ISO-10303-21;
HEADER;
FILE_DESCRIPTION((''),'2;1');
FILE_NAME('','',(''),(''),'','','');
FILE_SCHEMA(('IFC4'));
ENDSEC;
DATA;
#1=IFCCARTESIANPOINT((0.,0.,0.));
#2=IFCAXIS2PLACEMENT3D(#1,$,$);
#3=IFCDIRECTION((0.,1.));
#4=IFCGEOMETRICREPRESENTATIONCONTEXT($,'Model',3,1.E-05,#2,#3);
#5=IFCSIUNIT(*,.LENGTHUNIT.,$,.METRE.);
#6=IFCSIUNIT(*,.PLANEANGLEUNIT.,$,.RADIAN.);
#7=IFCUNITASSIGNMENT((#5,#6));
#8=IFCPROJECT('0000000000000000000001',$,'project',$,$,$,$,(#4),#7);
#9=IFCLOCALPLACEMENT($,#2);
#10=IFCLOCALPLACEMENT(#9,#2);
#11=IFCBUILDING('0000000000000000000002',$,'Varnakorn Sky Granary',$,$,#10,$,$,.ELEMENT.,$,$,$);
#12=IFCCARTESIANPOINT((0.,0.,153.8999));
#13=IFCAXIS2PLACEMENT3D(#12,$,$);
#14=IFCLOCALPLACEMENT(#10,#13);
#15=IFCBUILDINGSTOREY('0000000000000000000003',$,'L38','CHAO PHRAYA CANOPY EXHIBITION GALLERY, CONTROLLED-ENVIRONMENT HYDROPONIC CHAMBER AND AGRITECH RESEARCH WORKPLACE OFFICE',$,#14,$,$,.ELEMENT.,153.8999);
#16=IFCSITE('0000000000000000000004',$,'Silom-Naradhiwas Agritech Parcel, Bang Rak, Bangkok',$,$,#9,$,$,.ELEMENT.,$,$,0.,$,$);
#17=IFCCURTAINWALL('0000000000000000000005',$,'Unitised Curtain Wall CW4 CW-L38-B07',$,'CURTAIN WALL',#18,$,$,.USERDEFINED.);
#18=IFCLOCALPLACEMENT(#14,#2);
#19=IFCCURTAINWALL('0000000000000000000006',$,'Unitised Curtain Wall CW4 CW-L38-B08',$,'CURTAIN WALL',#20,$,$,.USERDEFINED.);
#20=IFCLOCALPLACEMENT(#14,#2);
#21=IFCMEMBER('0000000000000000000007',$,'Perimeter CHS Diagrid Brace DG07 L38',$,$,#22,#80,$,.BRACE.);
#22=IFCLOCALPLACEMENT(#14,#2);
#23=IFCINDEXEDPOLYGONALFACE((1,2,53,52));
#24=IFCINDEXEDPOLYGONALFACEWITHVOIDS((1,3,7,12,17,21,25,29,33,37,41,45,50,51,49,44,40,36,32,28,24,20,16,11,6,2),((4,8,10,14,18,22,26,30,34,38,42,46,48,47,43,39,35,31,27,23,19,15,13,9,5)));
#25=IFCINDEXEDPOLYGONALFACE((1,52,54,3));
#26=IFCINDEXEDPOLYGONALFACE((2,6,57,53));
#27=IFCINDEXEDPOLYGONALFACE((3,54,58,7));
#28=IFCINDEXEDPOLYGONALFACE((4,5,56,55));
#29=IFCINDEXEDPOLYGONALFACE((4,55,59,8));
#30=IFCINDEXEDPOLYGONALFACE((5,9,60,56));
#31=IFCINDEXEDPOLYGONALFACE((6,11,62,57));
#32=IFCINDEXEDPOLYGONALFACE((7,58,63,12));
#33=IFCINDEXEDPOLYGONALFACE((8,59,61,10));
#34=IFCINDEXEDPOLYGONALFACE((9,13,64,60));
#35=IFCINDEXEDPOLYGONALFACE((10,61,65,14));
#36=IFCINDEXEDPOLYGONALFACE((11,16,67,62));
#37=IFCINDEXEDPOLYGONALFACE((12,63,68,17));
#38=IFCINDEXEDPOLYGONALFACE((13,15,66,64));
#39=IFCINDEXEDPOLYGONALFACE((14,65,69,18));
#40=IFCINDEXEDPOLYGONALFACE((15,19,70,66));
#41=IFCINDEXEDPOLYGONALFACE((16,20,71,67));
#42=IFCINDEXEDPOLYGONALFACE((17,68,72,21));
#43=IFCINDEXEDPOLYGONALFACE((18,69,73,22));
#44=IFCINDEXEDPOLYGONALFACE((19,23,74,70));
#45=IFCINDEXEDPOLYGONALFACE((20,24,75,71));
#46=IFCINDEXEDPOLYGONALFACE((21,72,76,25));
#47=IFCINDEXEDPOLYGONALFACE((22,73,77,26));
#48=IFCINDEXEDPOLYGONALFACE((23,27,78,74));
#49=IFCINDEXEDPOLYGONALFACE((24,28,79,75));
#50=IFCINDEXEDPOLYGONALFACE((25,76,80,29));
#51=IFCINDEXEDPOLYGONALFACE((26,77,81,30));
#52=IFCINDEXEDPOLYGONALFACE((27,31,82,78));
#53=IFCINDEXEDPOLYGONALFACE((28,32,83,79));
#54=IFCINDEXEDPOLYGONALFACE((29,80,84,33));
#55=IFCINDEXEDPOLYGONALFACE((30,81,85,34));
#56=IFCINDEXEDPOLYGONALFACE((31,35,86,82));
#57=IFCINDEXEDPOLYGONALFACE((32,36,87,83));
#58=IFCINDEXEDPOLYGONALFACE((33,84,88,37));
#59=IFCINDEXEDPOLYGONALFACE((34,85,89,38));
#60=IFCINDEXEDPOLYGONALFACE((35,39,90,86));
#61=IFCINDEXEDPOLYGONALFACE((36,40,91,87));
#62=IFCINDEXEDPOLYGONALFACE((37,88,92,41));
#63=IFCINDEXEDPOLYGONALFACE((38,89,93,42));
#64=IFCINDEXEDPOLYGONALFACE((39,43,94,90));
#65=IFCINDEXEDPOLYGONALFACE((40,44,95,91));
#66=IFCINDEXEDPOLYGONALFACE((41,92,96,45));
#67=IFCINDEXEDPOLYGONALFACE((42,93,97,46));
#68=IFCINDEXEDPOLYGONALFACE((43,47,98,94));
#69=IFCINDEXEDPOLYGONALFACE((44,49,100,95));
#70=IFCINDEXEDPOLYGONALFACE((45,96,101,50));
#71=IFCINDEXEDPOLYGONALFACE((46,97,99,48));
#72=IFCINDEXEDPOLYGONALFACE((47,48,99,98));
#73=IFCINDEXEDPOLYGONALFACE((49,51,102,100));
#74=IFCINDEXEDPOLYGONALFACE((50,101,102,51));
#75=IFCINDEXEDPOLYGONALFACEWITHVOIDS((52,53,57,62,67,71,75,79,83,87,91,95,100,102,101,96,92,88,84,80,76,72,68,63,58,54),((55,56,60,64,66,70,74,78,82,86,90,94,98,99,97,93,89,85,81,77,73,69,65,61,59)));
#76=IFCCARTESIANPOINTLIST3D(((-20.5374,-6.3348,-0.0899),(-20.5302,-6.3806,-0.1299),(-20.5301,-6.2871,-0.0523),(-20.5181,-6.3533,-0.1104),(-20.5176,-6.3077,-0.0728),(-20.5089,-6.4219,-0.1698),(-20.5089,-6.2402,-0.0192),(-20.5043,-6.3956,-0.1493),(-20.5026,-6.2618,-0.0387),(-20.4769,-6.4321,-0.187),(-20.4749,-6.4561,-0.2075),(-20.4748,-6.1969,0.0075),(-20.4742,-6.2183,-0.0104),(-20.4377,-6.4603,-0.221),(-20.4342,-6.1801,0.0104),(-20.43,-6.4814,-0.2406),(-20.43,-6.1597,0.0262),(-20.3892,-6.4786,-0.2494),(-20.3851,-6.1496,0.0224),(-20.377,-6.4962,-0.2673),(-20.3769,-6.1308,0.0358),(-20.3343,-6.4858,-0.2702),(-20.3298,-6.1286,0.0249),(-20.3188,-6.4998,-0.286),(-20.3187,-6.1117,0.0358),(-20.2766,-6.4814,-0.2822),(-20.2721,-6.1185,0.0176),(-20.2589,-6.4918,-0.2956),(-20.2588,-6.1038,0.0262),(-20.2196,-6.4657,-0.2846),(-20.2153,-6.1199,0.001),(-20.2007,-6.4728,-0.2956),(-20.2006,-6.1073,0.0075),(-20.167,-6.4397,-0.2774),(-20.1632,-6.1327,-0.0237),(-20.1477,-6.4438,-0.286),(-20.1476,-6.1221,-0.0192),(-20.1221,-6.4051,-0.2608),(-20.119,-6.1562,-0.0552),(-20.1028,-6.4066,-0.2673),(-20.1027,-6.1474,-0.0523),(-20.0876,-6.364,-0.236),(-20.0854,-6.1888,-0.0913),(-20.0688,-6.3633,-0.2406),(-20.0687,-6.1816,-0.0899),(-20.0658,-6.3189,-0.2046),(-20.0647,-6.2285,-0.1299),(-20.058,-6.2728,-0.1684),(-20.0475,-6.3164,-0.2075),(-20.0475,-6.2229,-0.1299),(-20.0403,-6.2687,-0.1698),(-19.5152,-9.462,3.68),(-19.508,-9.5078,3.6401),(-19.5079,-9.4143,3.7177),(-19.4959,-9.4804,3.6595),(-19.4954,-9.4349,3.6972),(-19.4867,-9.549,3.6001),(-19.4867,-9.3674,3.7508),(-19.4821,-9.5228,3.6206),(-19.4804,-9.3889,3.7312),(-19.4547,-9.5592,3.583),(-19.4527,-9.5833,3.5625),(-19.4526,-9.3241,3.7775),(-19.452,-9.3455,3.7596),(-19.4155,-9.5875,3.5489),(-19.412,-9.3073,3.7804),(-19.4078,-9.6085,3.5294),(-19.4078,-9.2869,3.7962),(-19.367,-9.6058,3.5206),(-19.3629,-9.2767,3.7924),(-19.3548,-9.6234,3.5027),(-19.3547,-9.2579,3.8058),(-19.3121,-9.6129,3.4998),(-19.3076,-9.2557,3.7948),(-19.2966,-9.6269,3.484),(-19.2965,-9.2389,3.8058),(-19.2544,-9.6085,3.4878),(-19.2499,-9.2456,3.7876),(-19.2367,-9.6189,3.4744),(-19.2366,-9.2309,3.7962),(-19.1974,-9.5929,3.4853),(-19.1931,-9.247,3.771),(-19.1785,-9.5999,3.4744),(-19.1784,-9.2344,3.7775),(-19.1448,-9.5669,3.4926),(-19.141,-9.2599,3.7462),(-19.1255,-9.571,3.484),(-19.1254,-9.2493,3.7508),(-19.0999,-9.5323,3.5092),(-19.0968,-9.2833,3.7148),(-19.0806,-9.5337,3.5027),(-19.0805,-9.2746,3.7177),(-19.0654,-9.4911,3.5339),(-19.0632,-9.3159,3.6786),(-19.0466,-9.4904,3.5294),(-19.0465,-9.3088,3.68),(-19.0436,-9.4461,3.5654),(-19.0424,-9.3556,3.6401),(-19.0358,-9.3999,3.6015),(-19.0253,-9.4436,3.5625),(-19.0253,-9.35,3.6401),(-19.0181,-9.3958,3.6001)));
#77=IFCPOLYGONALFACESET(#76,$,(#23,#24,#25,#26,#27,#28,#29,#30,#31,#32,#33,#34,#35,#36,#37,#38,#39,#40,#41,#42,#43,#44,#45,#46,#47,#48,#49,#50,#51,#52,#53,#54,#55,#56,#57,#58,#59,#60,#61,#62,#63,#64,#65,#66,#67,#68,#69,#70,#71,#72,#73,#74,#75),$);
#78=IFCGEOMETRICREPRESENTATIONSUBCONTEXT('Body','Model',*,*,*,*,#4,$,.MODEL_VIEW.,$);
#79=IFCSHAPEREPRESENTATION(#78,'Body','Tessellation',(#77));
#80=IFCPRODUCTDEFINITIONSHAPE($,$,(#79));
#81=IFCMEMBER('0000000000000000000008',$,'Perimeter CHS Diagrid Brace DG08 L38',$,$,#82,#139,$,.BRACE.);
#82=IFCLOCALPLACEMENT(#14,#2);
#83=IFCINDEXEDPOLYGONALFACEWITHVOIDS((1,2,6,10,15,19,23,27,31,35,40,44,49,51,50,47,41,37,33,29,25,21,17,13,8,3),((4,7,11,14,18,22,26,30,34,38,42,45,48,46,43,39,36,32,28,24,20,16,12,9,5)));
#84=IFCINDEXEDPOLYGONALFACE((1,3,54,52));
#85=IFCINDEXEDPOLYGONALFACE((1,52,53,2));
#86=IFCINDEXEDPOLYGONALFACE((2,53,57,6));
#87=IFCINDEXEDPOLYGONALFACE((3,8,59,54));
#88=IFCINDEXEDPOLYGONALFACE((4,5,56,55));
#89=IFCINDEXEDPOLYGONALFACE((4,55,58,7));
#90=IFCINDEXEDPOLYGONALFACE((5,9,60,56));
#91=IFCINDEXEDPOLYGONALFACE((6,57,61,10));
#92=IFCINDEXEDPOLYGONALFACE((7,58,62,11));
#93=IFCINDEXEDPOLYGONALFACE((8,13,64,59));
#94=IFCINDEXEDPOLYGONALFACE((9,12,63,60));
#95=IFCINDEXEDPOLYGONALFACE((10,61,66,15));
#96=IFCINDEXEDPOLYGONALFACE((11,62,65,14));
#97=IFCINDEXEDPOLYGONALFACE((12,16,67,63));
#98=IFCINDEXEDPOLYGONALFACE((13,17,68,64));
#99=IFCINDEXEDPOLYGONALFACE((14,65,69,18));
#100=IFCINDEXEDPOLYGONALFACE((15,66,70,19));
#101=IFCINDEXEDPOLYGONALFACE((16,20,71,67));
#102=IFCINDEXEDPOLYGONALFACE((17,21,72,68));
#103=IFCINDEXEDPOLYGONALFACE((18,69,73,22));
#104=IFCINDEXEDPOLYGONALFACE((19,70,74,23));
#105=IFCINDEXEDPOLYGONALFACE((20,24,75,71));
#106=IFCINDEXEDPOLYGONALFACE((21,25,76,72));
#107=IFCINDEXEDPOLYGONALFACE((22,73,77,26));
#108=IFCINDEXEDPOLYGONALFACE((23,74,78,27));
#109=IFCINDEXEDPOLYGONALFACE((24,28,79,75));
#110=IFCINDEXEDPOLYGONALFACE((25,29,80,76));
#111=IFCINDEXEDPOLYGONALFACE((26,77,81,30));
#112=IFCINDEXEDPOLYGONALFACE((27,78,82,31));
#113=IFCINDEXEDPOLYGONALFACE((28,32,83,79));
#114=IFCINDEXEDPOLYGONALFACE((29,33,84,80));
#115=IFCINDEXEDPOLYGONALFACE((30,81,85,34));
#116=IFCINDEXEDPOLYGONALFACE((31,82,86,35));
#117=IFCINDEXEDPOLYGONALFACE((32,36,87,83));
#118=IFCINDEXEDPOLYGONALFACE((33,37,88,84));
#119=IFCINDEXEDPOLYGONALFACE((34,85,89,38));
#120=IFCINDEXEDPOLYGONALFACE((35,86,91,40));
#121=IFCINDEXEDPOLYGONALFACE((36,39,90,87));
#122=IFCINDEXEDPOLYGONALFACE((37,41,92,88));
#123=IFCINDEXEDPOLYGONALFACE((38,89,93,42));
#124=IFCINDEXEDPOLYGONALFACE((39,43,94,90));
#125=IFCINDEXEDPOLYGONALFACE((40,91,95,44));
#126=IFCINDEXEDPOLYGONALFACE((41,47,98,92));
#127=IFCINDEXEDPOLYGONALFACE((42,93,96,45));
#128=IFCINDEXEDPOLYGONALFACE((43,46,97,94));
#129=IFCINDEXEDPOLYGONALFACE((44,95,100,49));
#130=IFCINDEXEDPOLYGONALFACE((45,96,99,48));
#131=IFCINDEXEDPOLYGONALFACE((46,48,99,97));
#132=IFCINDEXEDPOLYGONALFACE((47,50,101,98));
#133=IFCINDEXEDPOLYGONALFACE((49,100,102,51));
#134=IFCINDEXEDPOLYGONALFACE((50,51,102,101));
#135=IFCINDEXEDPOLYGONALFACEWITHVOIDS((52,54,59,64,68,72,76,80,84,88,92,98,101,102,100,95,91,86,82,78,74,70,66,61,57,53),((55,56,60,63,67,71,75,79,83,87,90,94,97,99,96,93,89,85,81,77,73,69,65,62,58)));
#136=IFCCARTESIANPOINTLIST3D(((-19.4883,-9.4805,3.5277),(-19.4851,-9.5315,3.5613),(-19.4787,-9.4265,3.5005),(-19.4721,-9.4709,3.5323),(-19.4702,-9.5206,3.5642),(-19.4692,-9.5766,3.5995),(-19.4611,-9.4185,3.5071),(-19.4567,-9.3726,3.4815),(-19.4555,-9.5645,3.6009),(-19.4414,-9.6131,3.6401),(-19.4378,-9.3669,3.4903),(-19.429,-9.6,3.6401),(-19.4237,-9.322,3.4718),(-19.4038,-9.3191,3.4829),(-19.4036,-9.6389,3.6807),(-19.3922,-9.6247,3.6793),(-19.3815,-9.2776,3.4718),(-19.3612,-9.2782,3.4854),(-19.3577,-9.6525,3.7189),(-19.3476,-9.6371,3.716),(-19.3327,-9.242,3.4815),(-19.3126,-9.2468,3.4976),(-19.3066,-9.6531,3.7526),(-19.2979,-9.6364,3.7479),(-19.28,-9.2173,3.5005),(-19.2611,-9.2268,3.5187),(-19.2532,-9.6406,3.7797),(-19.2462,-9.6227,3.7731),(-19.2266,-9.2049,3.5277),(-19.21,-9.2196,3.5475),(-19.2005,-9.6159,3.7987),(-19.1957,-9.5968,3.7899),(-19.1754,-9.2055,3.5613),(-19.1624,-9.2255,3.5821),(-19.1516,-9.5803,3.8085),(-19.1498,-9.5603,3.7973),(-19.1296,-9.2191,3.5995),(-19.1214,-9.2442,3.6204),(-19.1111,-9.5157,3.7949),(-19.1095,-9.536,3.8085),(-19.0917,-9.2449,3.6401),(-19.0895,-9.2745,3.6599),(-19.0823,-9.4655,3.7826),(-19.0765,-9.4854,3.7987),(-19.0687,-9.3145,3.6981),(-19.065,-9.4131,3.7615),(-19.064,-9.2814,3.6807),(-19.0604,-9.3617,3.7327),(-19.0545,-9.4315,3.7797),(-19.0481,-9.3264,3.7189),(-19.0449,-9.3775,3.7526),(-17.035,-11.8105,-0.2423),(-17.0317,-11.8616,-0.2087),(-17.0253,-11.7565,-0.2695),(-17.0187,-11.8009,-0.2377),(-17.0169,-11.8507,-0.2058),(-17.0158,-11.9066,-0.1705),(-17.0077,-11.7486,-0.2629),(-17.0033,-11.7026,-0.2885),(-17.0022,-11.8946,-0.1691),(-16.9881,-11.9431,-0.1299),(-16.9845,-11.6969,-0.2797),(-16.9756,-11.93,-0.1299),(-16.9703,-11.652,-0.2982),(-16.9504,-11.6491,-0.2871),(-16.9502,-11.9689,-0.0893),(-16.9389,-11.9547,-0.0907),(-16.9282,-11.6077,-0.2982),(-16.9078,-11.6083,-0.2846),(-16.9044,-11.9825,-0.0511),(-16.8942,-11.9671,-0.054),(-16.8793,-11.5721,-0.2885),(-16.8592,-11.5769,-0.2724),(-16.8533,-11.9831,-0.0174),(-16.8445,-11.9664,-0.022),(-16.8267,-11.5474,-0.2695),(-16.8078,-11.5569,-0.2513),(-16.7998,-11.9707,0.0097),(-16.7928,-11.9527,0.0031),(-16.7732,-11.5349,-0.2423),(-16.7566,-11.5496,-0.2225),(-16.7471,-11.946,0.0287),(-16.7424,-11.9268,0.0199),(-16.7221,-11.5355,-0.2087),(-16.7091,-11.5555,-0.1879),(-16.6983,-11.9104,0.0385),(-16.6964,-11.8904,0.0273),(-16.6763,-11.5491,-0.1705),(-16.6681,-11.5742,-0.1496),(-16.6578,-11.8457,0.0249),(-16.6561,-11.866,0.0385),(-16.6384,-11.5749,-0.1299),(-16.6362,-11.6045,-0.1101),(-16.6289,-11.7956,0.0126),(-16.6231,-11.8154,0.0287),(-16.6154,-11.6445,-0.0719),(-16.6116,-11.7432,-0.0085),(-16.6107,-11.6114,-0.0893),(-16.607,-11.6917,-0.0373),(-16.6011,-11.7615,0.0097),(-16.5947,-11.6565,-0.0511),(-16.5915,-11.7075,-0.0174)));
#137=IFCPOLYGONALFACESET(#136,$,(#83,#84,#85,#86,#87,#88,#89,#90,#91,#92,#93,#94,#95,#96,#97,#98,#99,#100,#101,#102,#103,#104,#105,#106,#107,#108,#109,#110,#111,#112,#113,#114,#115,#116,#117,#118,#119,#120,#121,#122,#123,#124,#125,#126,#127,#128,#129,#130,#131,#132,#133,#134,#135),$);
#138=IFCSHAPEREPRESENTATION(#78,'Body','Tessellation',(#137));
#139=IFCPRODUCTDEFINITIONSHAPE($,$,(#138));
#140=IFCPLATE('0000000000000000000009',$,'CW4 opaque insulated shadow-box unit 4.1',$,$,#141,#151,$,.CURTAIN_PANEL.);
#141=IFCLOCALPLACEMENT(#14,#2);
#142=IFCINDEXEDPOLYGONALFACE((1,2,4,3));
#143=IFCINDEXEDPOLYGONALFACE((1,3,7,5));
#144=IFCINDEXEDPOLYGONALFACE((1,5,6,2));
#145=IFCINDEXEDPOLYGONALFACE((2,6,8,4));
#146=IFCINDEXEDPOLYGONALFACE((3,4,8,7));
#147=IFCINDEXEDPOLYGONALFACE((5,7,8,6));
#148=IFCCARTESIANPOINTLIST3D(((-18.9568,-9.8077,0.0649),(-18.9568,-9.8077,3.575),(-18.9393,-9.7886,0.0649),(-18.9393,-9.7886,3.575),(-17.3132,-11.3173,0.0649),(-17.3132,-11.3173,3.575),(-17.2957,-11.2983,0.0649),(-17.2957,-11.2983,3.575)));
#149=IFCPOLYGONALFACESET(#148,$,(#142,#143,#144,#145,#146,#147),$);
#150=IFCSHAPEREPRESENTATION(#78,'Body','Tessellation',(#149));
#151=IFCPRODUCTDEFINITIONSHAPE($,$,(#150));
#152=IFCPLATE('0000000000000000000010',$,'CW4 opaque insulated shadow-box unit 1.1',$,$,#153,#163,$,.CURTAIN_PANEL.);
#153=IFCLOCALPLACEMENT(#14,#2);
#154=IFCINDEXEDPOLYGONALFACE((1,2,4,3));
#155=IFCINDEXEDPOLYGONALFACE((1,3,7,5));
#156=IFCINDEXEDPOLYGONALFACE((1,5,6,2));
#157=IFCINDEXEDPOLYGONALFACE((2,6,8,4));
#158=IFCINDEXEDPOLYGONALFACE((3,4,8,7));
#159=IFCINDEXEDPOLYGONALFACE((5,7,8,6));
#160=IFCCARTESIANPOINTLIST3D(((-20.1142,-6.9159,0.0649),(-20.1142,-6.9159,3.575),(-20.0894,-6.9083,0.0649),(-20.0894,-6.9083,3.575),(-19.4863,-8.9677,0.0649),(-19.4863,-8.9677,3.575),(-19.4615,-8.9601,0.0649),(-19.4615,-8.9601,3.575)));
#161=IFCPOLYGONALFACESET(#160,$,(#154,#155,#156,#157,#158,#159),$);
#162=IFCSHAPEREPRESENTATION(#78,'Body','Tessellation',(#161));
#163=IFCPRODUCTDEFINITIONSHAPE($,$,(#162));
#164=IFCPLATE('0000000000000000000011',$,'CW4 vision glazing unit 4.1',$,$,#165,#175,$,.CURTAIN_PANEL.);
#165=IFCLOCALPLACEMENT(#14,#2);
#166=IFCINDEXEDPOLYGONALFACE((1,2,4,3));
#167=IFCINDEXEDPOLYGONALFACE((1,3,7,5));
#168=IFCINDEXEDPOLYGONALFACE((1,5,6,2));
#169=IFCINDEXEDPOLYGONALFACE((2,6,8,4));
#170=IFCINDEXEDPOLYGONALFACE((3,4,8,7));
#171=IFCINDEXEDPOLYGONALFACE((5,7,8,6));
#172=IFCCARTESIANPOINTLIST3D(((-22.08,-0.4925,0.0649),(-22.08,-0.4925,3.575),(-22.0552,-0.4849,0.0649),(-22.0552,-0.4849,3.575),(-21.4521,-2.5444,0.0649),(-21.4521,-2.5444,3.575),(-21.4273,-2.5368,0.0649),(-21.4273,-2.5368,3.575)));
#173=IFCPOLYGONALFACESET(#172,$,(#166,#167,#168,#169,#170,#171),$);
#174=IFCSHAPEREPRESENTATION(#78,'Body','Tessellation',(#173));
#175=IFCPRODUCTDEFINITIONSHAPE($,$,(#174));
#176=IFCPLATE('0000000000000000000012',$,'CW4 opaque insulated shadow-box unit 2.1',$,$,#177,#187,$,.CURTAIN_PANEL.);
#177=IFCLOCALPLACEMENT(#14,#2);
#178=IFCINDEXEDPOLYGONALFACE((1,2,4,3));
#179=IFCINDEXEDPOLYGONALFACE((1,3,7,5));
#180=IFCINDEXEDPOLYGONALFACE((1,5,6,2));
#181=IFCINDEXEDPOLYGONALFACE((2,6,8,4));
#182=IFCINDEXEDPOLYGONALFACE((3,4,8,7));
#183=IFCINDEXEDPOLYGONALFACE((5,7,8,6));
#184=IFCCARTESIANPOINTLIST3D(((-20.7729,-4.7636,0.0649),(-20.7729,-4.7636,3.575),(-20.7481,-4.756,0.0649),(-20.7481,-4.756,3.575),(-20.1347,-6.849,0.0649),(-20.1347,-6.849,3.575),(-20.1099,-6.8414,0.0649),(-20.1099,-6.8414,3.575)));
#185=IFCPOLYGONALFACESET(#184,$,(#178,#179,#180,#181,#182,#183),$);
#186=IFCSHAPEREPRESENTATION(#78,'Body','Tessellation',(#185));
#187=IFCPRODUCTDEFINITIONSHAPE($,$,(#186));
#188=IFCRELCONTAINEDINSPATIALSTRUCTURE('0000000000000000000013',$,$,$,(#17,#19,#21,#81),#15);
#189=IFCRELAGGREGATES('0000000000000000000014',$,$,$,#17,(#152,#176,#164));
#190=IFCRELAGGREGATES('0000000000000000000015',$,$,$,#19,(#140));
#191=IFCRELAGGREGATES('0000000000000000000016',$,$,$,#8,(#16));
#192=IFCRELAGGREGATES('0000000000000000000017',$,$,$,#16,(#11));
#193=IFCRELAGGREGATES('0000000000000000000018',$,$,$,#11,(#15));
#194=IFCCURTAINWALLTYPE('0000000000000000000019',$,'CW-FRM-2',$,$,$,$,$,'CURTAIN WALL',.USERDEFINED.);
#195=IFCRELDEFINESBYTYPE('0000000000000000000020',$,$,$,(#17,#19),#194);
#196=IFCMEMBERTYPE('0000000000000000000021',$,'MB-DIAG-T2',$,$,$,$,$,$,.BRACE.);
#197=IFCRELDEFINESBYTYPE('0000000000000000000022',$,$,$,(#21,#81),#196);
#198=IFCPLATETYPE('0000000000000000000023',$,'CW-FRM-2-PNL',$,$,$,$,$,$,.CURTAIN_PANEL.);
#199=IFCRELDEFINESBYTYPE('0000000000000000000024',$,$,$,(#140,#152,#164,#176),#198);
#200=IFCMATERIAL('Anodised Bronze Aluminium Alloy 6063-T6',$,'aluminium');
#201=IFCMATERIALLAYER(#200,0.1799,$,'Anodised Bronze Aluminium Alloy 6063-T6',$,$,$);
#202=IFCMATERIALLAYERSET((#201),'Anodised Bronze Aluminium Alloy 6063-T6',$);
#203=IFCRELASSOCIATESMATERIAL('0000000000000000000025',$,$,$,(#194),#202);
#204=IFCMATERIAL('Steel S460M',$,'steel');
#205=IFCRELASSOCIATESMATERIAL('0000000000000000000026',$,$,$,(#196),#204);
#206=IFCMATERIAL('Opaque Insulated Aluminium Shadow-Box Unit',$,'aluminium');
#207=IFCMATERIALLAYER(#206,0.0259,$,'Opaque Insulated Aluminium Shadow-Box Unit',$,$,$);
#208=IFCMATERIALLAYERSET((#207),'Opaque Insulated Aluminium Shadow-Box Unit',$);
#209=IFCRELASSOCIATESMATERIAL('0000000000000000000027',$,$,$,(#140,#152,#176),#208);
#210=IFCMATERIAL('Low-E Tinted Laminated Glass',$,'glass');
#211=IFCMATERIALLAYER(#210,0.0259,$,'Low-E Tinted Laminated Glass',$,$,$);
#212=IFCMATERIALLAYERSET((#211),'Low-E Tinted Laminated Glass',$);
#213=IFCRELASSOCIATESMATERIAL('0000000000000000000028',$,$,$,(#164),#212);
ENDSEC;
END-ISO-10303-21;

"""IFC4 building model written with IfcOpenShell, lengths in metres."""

from ifc_helpers import new_model, si_unit, direction, frame, origin, origin_2d, place, context, subcontext, project, spatial, rectangle, hollow_circle, extrude, source, transform, mapped, material, layer, layer_set, material_profile, profile_set, type_object, element, aggregate, save


model = new_model("IFC4")

# Units and contexts
model_context = context("Model", 3, precision=1e-05, world=origin(), true_north=direction((0.0, 1.0)))
body_context = subcontext(model_context, "Body", "Model", "MODEL_VIEW")
ifc_project = project(units=[si_unit("LENGTHUNIT", "METRE"), si_unit("PLANEANGLEUNIT", "RADIAN")], contexts=[model_context])

# Site, building, storey
site_placement = place(None, origin())
site = spatial("IfcSite", under=ifc_project, at=site_placement, Name="Silom-Naradhiwas Agritech Parcel, Bang Rak, Bangkok", CompositionType="ELEMENT", RefElevation=0.0)
building_placement = place(site_placement, origin())
building = spatial("IfcBuilding", under=site, at=building_placement, Name="Varnakorn Sky Granary", CompositionType="ELEMENT")
storey_placement = place(building_placement, frame((0.0, 0.0, 153.8999)))
storey = spatial("IfcBuildingStorey", under=building, at=storey_placement, Name="L38", Description="CHAO PHRAYA CANOPY EXHIBITION GALLERY, CONTROLLED-ENVIRONMENT HYDROPONIC CHAMBER AND AGRITECH RESEARCH WORKPLACE OFFICE", CompositionType="ELEMENT", Elevation=153.8999)

# Shared definitions
ifc_material_1 = material(Name="Steel S460M", Category="steel")

# Curtain walls
ifc_material_2 = material(Name="Anodised Bronze Aluminium Alloy 6063-T6", Category="aluminium")
ifc_layer_1 = layer(ifc_material_2, 0.1799, Name="Anodised Bronze Aluminium Alloy 6063-T6")
ifc_layer_set_1 = layer_set([ifc_layer_1], Name="Anodised Bronze Aluminium Alloy 6063-T6")
curtain_wall_type = type_object("IfcCurtainWallType", Name="CW-FRM-2", ElementType="CURTAIN WALL", PredefinedType="USERDEFINED", material=ifc_layer_set_1)
curtain_wall_1_placement = place(storey_placement, origin())
curtain_wall_1 = element("IfcCurtainWall", 1, at=curtain_wall_1_placement, inside=storey, type_object=curtain_wall_type, Name="Unitised Curtain Wall CW4 CW-L38-B07", ObjectType="CURTAIN WALL", PredefinedType="USERDEFINED")
curtain_wall_2_placement = place(storey_placement, origin())
curtain_wall_2 = element("IfcCurtainWall", 2, at=curtain_wall_2_placement, inside=storey, type_object=curtain_wall_type, Name="Unitised Curtain Wall CW4 CW-L38-B08", ObjectType="CURTAIN WALL", PredefinedType="USERDEFINED")

# Members
ifc_material_profile_1 = material_profile(ifc_material_1, hollow_circle(Radius=0.2539, WallThickness=0.0181, at=origin_2d()), Name="CHS 508x18")
ifc_profile_set_1 = profile_set([ifc_material_profile_1], Name="Steel S460M")
member_type_1 = type_object("IfcMemberType", Name="MB-DIAG-T2", PredefinedType="BRACE", material=ifc_profile_set_1)
member_1_placement = place(storey_placement, frame((-20.2888, -6.3018, -0.1299), z_axis=(0.204291, -0.624973, 0.753441), x_axis=(0.950508, 0.310701, 0.0)))
element("IfcMember", 3, at=member_1_placement, inside=storey, type_object=member_type_1, Name="Perimeter CHS Diagrid Brace DG07 L38", PredefinedType="BRACE", context=body_context, shape_type="SweptSolid", body=[
    extrude(hollow_circle(Radius=0.2539, WallThickness=0.0181, at=origin_2d()), origin(), (0.0, 0.0, 1.0), 5.0037),
])
member_2_placement = place(storey_placement, frame((-16.8132, -11.759, -0.1299), z_axis=(-0.48431, 0.459971, 0.744225), x_axis=(-0.688653, -0.725091, 0.0)))
element("IfcMember", 4, at=member_2_placement, inside=storey, type_object=member_type_1, Name="Perimeter CHS Diagrid Brace DG08 L38", PredefinedType="BRACE", context=body_context, shape_type="SweptSolid", body=[
    extrude(hollow_circle(Radius=0.2539, WallThickness=0.0181, at=origin_2d()), origin(), (0.0, 0.0, 1.0), 5.0657),
])

# Plates
ifc_material_3 = material(Name="Opaque Insulated Aluminium Shadow-Box Unit", Category="aluminium")
ifc_layer_2 = layer(ifc_material_3, 0.0259, Name="Opaque Insulated Aluminium Shadow-Box Unit")
ifc_layer_set_2 = layer_set([ifc_layer_2], Name="Opaque Insulated Aluminium Shadow-Box Unit")
plate_type = type_object("IfcPlateType", Name="CW-FRM-2-PNL", PredefinedType="CURTAIN_PANEL")
shared_shape_1 = source(origin(), body_context, "Body", "SweptSolid", [
    extrude(rectangle(XDim=2.2317, YDim=0.0259, at=origin_2d()), origin(), (0.0, 0.0, 1.0), 3.51),
])
plate_1_placement = place(storey_placement, frame((-18.1262, -10.553, 0.0649), z_axis=(0.0, 0.0, 1.0), x_axis=(-0.736469, 0.676472, 0.0)))
plate_1 = element("IfcPlate", 5, at=plate_1_placement, type_object=plate_type, material=ifc_layer_set_2, Name="CW4 opaque insulated shadow-box unit 4.1", PredefinedType="CURTAIN_PANEL", context=body_context, shape_type="MappedRepresentation", body=[
    mapped(shared_shape_1, transform((0.0, 0.0, 0.0), x_axis=(1.0, 0.0, 0.0), y_axis=(0.0, 1.0, 0.0), z_axis=(0.0, 0.0, 1.0), scale=1.0)),
])
shared_shape_2 = source(origin(), body_context, "Body", "SweptSolid", [
    extrude(rectangle(XDim=2.1458, YDim=0.0259, at=origin_2d()), origin(), (0.0, 0.0, 1.0), 3.51),
])
plate_2_placement = place(storey_placement, frame((-19.7878, -7.938, 0.0649), z_axis=(0.0, 0.0, 1.0), x_axis=(-0.292619, 0.956229, 0.0)))
plate_2 = element("IfcPlate", 6, at=plate_2_placement, type_object=plate_type, material=ifc_layer_set_2, Name="CW4 opaque insulated shadow-box unit 1.1", PredefinedType="CURTAIN_PANEL", context=body_context, shape_type="MappedRepresentation", body=[
    mapped(shared_shape_2, transform((0.0, 0.0, 0.0), x_axis=(1.0, 0.0, 0.0), y_axis=(0.0, 1.0, 0.0), z_axis=(0.0, 0.0, 1.0), scale=1.0)),
])
ifc_material_4 = material(Name="Low-E Tinted Laminated Glass", Category="glass")
ifc_layer_3 = layer(ifc_material_4, 0.0259, Name="Low-E Tinted Laminated Glass")
ifc_layer_set_3 = layer_set([ifc_layer_3], Name="Low-E Tinted Laminated Glass")
plate_3_placement = place(storey_placement, frame((-21.7537, -1.5146, 0.0649), z_axis=(0.0, 0.0, 1.0), x_axis=(-0.292619, 0.956229, 0.0)))
plate_3 = element("IfcPlate", 7, at=plate_3_placement, type_object=plate_type, material=ifc_layer_set_3, Name="CW4 vision glazing unit 4.1", PredefinedType="CURTAIN_PANEL", context=body_context, shape_type="MappedRepresentation", body=[
    mapped(shared_shape_2, transform((0.0, 0.0, 0.0), x_axis=(1.0, 0.0, 0.0), y_axis=(0.0, 1.0, 0.0), z_axis=(0.0, 0.0, 1.0), scale=1.0)),
])
shared_shape_3 = source(origin(), body_context, "Body", "SweptSolid", [
    extrude(rectangle(XDim=2.1809, YDim=0.0259, at=origin_2d()), origin(), (0.0, 0.0, 1.0), 3.51),
])
plate_4_placement = place(storey_placement, frame((-20.4414, -5.8025, 0.0649), z_axis=(0.0, 0.0, 1.0), x_axis=(-0.292619, 0.956229, 0.0)))
plate_4 = element("IfcPlate", 8, at=plate_4_placement, type_object=plate_type, material=ifc_layer_set_2, Name="CW4 opaque insulated shadow-box unit 2.1", PredefinedType="CURTAIN_PANEL", context=body_context, shape_type="MappedRepresentation", body=[
    mapped(shared_shape_3, transform((0.0, 0.0, 0.0), x_axis=(1.0, 0.0, 0.0), y_axis=(0.0, 1.0, 0.0), z_axis=(0.0, 0.0, 1.0), scale=1.0)),
])
aggregate(curtain_wall_1, [plate_2, plate_4, plate_3])
aggregate(curtain_wall_2, [plate_1])

save(model, "model.ifc")
